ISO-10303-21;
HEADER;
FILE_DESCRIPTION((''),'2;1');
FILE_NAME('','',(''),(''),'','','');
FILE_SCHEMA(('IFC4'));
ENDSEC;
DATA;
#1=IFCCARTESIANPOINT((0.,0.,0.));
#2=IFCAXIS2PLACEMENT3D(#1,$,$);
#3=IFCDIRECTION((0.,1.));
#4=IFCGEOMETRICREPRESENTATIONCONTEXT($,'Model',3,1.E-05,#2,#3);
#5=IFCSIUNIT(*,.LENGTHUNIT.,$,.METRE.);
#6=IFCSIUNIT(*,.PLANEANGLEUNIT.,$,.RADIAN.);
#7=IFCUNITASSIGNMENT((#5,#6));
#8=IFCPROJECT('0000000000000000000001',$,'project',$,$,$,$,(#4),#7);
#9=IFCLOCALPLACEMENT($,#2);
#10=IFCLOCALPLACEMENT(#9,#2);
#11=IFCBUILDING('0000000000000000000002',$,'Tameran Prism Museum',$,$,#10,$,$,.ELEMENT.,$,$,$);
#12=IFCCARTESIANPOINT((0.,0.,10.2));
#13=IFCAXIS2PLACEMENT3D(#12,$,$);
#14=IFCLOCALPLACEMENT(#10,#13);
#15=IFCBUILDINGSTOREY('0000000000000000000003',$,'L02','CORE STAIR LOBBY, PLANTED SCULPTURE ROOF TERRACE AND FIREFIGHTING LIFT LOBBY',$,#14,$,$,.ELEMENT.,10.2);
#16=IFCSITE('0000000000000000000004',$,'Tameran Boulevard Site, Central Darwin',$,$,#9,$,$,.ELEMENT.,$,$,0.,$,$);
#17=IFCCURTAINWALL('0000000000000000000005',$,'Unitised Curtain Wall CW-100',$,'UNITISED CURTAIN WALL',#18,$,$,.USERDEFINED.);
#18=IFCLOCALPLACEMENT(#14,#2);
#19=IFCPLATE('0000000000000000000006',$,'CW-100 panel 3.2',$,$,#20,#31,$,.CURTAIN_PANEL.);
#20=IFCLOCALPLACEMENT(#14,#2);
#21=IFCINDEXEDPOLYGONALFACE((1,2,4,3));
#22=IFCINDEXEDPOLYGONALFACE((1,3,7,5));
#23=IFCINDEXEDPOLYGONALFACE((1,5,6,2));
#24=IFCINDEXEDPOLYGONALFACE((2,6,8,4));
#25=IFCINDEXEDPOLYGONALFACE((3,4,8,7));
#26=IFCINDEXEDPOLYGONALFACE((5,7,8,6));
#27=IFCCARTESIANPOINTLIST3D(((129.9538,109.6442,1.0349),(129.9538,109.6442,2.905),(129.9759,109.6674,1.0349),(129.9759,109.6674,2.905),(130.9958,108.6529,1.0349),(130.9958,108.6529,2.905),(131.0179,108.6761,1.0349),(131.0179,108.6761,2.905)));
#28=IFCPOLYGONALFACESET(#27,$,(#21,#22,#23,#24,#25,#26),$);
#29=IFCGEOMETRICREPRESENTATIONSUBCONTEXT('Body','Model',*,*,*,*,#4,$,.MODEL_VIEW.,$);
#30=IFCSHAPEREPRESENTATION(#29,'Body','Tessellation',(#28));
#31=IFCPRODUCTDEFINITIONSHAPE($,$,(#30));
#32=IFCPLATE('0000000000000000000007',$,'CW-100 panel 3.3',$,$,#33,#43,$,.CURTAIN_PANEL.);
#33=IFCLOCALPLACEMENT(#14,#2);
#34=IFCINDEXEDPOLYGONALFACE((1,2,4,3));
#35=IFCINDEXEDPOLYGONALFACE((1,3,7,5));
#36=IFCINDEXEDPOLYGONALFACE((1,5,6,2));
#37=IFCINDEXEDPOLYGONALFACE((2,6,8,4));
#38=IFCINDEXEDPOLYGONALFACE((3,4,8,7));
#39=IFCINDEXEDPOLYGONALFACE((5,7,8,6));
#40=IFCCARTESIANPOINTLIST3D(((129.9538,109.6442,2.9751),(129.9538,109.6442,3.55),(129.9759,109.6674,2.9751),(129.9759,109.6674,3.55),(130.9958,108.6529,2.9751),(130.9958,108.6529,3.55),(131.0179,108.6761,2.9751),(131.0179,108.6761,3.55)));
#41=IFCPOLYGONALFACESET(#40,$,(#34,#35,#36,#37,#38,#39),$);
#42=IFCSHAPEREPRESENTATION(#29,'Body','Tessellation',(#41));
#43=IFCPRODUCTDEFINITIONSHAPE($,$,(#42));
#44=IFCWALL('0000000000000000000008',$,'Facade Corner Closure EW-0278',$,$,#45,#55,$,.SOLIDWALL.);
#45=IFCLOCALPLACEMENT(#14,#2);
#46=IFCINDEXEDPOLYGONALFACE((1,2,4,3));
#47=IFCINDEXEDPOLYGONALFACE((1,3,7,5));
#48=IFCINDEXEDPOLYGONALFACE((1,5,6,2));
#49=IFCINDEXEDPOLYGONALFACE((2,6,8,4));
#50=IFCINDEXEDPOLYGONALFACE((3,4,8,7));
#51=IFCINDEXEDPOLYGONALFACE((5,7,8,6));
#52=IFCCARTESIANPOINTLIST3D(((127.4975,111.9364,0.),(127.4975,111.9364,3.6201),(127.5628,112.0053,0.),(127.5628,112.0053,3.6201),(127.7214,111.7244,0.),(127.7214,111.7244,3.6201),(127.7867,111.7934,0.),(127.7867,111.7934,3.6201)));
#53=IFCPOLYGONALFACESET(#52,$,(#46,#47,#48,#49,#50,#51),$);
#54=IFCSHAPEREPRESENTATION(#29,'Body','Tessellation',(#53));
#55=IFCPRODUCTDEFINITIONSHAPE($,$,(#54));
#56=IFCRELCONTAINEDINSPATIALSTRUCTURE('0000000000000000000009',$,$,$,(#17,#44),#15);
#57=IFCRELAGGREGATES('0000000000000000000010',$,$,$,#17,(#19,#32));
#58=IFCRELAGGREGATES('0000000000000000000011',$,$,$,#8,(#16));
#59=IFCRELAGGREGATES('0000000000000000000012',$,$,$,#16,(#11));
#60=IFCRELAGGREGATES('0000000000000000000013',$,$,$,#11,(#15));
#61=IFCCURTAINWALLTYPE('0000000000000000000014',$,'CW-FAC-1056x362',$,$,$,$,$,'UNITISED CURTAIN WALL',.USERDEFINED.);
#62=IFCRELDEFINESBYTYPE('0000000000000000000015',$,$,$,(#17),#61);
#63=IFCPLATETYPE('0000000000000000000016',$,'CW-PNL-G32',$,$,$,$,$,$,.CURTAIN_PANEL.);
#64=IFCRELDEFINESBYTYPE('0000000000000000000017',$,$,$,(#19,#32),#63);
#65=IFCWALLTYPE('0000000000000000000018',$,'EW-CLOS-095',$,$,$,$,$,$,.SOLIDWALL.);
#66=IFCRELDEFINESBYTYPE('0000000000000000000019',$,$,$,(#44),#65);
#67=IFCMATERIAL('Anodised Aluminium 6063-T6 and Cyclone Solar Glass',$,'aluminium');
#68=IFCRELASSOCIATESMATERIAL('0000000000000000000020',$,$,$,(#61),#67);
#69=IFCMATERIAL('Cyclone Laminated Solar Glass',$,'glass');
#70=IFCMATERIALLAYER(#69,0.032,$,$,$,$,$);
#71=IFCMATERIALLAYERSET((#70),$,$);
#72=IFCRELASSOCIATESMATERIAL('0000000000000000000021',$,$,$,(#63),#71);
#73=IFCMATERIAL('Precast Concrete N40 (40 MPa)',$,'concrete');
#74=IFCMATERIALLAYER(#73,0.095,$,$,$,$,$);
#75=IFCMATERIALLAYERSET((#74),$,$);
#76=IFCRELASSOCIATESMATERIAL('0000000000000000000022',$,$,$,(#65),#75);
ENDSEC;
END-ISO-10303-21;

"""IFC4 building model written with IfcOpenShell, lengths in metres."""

from ifc_helpers import new_model, si_unit, direction, frame, frame_2d, origin, origin_2d, place, context, subcontext, project, spatial, rectangle, extrude, material, layer, layer_set, type_object, element, aggregate, save


model = new_model("IFC4")

# Units and contexts
model_context = context("Model", 3, precision=1e-05, world=origin(), true_north=direction((0.0, 1.0)))
body_context = subcontext(model_context, "Body", "Model", "MODEL_VIEW")
ifc_project = project(units=[si_unit("LENGTHUNIT", "METRE"), si_unit("PLANEANGLEUNIT", "RADIAN")], contexts=[model_context])

# Site, building, storey
site_placement = place(None, origin())
site = spatial("IfcSite", under=ifc_project, at=site_placement, Name="Tameran Boulevard Site, Central Darwin", CompositionType="ELEMENT", RefElevation=0.0)
building_placement = place(site_placement, origin())
building = spatial("IfcBuilding", under=site, at=building_placement, Name="Tameran Prism Museum", CompositionType="ELEMENT")
storey_placement = place(building_placement, frame((0.0, 0.0, 10.2)))
storey = spatial("IfcBuildingStorey", under=building, at=storey_placement, Name="L02", Description="CORE STAIR LOBBY, PLANTED SCULPTURE ROOF TERRACE AND FIREFIGHTING LIFT LOBBY", CompositionType="ELEMENT", Elevation=10.2)

# Curtain wall, plates
ifc_material_1 = material(Name="Anodised Aluminium 6063-T6 and Cyclone Solar Glass", Category="aluminium")
curtain_wall_type = type_object("IfcCurtainWallType", Name="CW-FAC-1056x362", ElementType="UNITISED CURTAIN WALL", PredefinedType="USERDEFINED", material=ifc_material_1)
curtain_wall_placement = place(storey_placement, origin())
curtain_wall = element("IfcCurtainWall", 1, at=curtain_wall_placement, inside=storey, type_object=curtain_wall_type, Name="Unitised Curtain Wall CW-100", ObjectType="UNITISED CURTAIN WALL", PredefinedType="USERDEFINED")
ifc_material_2 = material(Name="Cyclone Laminated Solar Glass", Category="glass")
ifc_layer_1 = layer(ifc_material_2, 0.032)
ifc_layer_set_1 = layer_set([ifc_layer_1])
plate_type = type_object("IfcPlateType", Name="CW-PNL-G32", PredefinedType="CURTAIN_PANEL", material=ifc_layer_set_1)
plate_1_placement = place(storey_placement, frame((130.4858, 109.1602, 1.0349), z_axis=(0.0, 0.0, 1.0), x_axis=(0.724505, -0.68927, 0.0)))
plate_1 = element("IfcPlate", 2, at=plate_1_placement, type_object=plate_type, Name="CW-100 panel 3.2", PredefinedType="CURTAIN_PANEL", context=body_context, shape_type="SweptSolid", body=[
    extrude(rectangle(XDim=1.4382, YDim=0.032, at=origin_2d()), origin(), (0.0, 0.0, 1.0), 1.8701),
])
plate_2_placement = place(storey_placement, frame((130.4858, 109.1602, 2.9751), z_axis=(0.0, 0.0, 1.0), x_axis=(0.724505, -0.68927, 0.0)))
plate_2 = element("IfcPlate", 3, at=plate_2_placement, type_object=plate_type, Name="CW-100 panel 3.3", PredefinedType="CURTAIN_PANEL", context=body_context, shape_type="SweptSolid", body=[
    extrude(rectangle(XDim=1.4382, YDim=0.032, at=origin_2d()), origin(), (0.0, 0.0, 1.0), 0.575),
])
aggregate(curtain_wall, [plate_1, plate_2])

# Wall
ifc_material_3 = material(Name="Precast Concrete N40 (40 MPa)", Category="concrete")
ifc_layer_2 = layer(ifc_material_3, 0.095)
ifc_layer_set_2 = layer_set([ifc_layer_2])
wall_type = type_object("IfcWallType", Name="EW-CLOS-095", PredefinedType="SOLIDWALL", material=ifc_layer_set_2)
wall_placement = place(storey_placement, frame((127.53, 111.9709, 0.0), z_axis=(0.0, 0.0, 1.0), x_axis=(0.726244, -0.687437, 0.0)))
element("IfcWall", 4, at=wall_placement, inside=storey, type_object=wall_type, Name="Facade Corner Closure EW-0278", PredefinedType="SOLIDWALL", context=body_context, shape_type="SweptSolid", body=[
    extrude(rectangle(XDim=0.3083, YDim=0.095, at=frame_2d((0.1543, 0.0))), origin(), (0.0, 0.0, 1.0), 3.6201),
])

save(model, "model.ifc")
